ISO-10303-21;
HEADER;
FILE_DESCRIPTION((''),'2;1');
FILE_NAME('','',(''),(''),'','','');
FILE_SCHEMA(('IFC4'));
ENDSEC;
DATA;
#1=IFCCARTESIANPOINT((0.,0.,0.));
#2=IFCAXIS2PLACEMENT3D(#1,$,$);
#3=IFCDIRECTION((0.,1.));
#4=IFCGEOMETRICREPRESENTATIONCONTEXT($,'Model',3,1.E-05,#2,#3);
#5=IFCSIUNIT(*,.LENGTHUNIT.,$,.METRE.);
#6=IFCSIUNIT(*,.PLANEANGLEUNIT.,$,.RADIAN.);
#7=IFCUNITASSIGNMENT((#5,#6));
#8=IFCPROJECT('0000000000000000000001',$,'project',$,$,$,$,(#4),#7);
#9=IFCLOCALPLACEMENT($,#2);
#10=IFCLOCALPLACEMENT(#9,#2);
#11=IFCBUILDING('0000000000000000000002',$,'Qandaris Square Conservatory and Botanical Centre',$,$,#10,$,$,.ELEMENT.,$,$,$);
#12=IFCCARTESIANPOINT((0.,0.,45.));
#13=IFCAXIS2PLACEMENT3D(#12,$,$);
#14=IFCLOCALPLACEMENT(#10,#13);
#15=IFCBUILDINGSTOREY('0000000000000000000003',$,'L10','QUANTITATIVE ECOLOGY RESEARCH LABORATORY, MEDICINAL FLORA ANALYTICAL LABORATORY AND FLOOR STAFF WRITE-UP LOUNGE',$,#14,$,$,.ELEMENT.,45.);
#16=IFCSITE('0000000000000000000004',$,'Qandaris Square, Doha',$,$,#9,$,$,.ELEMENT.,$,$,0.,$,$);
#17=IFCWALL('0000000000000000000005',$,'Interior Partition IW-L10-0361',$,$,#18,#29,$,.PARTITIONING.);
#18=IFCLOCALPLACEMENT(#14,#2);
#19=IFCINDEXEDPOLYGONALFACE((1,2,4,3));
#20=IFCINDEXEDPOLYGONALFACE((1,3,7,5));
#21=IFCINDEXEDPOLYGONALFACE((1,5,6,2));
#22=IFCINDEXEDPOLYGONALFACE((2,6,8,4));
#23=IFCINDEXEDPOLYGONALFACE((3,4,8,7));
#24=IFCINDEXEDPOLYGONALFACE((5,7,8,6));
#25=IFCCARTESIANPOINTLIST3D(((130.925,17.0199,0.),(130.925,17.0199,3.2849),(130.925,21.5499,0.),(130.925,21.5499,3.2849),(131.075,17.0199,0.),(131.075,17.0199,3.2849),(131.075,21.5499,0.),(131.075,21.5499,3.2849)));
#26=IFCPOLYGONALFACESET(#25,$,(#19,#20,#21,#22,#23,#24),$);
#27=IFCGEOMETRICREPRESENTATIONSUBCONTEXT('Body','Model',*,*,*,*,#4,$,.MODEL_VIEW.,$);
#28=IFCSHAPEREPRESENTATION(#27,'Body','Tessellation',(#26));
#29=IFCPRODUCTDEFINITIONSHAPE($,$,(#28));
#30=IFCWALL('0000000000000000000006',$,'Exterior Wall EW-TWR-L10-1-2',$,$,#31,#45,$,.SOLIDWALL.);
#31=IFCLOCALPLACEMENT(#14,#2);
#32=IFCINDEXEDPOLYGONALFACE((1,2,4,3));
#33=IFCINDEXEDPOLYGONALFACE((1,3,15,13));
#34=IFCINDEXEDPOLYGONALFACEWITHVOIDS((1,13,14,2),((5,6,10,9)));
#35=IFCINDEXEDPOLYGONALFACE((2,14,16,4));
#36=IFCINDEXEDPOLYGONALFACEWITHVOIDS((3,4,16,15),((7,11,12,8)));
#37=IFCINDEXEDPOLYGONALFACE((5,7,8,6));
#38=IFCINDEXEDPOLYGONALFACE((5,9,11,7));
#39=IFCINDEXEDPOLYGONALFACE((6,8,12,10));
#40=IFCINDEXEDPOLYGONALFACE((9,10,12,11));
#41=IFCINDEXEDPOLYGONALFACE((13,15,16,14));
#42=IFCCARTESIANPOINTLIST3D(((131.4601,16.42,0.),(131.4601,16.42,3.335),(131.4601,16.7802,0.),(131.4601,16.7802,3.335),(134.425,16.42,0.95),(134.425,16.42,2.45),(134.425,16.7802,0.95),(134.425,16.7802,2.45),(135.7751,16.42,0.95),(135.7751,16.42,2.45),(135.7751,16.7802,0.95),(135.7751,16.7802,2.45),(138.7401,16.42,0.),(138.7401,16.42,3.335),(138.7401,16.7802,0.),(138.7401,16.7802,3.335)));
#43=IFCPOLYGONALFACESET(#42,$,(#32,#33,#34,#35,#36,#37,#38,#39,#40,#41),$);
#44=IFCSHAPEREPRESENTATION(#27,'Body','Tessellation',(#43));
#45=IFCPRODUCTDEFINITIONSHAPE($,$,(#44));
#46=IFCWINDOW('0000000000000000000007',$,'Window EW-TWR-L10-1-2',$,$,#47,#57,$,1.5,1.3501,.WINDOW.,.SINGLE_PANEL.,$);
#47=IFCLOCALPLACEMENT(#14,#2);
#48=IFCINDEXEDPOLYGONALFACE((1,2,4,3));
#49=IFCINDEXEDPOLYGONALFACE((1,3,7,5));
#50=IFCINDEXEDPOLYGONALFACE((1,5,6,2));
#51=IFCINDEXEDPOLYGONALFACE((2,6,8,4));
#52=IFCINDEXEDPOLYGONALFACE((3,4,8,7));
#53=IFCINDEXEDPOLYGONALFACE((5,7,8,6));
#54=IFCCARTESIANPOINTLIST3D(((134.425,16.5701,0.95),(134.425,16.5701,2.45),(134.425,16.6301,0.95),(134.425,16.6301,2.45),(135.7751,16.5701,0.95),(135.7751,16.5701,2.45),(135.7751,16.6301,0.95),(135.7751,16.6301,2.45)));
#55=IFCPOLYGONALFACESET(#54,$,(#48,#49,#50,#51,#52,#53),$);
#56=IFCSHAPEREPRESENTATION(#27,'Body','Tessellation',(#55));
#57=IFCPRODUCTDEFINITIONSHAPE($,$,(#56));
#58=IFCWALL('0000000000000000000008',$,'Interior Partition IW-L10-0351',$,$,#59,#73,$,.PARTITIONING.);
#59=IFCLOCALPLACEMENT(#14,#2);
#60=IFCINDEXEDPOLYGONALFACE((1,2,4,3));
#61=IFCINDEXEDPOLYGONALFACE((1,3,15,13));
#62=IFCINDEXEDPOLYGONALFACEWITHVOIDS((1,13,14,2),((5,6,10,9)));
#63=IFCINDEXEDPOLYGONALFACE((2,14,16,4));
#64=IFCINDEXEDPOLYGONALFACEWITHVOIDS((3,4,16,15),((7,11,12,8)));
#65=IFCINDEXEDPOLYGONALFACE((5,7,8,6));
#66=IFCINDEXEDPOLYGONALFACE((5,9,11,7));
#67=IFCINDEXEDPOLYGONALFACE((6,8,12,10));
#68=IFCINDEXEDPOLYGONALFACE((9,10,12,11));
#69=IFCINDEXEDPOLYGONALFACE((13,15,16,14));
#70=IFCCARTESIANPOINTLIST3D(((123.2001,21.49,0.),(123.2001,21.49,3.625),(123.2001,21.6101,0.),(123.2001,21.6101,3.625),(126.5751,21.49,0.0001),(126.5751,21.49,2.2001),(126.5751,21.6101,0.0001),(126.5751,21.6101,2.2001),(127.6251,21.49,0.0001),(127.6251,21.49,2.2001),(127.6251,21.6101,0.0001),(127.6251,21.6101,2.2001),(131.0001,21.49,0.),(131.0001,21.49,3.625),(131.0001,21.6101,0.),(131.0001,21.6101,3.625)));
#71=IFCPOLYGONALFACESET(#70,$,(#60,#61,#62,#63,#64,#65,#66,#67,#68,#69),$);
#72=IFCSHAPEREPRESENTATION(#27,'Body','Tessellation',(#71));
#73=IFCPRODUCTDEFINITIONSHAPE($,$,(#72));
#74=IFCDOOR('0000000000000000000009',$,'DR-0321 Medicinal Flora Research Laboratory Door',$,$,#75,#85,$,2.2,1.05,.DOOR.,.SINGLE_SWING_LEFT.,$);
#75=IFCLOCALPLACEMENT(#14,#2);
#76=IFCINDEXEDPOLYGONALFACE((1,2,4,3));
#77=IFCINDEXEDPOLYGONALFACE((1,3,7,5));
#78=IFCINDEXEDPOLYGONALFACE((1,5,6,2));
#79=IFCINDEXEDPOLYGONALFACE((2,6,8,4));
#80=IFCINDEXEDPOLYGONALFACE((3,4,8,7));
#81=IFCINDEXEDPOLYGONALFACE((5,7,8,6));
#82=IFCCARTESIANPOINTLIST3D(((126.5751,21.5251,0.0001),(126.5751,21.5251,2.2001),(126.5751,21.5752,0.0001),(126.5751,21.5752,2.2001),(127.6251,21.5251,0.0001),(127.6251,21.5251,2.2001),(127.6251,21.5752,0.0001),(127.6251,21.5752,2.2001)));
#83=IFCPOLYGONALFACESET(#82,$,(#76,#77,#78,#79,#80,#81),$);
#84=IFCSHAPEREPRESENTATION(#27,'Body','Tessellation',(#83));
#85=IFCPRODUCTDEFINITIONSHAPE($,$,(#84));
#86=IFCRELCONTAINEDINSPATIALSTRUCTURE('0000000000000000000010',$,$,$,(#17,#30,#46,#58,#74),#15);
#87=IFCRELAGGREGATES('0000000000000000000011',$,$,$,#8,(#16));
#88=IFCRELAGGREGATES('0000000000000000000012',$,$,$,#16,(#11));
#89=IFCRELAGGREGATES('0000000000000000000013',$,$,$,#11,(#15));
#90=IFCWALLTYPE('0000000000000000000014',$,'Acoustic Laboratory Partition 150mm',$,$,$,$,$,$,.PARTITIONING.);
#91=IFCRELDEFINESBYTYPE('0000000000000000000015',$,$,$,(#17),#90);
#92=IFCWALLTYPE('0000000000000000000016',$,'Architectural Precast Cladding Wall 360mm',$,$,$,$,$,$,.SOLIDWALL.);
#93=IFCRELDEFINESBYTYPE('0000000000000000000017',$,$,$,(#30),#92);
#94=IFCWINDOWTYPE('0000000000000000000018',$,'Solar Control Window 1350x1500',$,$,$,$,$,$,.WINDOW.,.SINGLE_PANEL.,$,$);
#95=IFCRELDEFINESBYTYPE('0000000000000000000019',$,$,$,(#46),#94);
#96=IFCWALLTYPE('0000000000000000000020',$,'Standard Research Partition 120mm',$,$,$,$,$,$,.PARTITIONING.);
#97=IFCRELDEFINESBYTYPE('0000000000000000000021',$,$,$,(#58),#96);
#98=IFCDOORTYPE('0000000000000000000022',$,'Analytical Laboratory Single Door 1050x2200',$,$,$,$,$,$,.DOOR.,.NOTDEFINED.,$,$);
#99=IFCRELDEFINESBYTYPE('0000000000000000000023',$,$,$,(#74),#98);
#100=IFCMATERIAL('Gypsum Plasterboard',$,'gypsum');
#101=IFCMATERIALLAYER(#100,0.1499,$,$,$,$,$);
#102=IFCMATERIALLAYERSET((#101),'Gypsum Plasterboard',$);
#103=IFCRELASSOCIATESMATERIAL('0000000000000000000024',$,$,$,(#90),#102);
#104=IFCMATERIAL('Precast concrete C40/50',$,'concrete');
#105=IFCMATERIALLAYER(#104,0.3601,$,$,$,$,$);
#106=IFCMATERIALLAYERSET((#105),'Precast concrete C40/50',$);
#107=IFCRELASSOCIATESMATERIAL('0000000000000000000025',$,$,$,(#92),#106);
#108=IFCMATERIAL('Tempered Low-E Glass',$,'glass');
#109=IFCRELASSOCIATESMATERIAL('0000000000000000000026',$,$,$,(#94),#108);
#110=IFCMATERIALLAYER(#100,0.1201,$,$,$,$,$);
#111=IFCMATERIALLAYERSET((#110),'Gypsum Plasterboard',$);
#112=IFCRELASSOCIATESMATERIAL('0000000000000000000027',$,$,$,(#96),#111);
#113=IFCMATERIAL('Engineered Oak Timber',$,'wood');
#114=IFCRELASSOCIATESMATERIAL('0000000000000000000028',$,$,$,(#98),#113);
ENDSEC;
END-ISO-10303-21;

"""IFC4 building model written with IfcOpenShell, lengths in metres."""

from ifc_helpers import new_model, si_unit, direction, frame, frame_2d, origin, place, context, subcontext, project, spatial, rectangle, extrude, material, layer, layer_set, type_object, element, fill, save


model = new_model("IFC4")

# Units and contexts
model_context = context("Model", 3, precision=1e-05, world=origin(), true_north=direction((0.0, 1.0)))
body_context = subcontext(model_context, "Body", "Model", "MODEL_VIEW")
ifc_project = project(units=[si_unit("LENGTHUNIT", "METRE"), si_unit("PLANEANGLEUNIT", "RADIAN")], contexts=[model_context])

# Site, building, storey
site_placement = place(None, origin())
site = spatial("IfcSite", under=ifc_project, at=site_placement, Name="Qandaris Square, Doha", CompositionType="ELEMENT", RefElevation=0.0)
building_placement = place(site_placement, origin())
building = spatial("IfcBuilding", under=site, at=building_placement, Name="Qandaris Square Conservatory and Botanical Centre", CompositionType="ELEMENT")
storey_placement = place(building_placement, frame((0.0, 0.0, 45.0)))
storey = spatial("IfcBuildingStorey", under=building, at=storey_placement, Name="L10", Description="QUANTITATIVE ECOLOGY RESEARCH LABORATORY, MEDICINAL FLORA ANALYTICAL LABORATORY AND FLOOR STAFF WRITE-UP LOUNGE", CompositionType="ELEMENT", Elevation=45.0)

# Shared definitions
ifc_material_1 = material(Name="Tempered Low-E Glass", Category="glass")

# Wall
ifc_material_2 = material(Name="Gypsum Plasterboard", Category="gypsum")
ifc_layer_1 = layer(ifc_material_2, 0.1499)
ifc_layer_set_1 = layer_set([ifc_layer_1], Name="Gypsum Plasterboard")
wall_type_1 = type_object("IfcWallType", Name="Acoustic Laboratory Partition 150mm", PredefinedType="PARTITIONING", material=ifc_layer_set_1)
wall_1_placement = place(storey_placement, frame((131.0, 21.55, 0.0), z_axis=(0.0, 0.0, 1.0), x_axis=(0.0, -1.0, 0.0)))
element("IfcWall", 1, at=wall_1_placement, inside=storey, type_object=wall_type_1, Name="Interior Partition IW-L10-0361", PredefinedType="PARTITIONING", context=body_context, shape_type="SweptSolid", body=[
    extrude(rectangle(XDim=4.53, YDim=0.1499, at=frame_2d((2.2651, 0.0))), origin(), (0.0, 0.0, 1.0), 3.2849),
])

# Wall, opening, window
ifc_material_3 = material(Name="Precast concrete C40/50", Category="concrete")
ifc_layer_2 = layer(ifc_material_3, 0.3601)
ifc_layer_set_2 = layer_set([ifc_layer_2], Name="Precast concrete C40/50")
wall_type_2 = type_object("IfcWallType", Name="Architectural Precast Cladding Wall 360mm", PredefinedType="SOLIDWALL", material=ifc_layer_set_2)
wall_2_placement = place(storey_placement, frame((131.46, 16.6001, 0.0), z_axis=(0.0, 0.0, 1.0), x_axis=(1.0, 0.0, 0.0)))
wall_2 = element("IfcWall", 2, at=wall_2_placement, inside=storey, type_object=wall_type_2, Name="Exterior Wall EW-TWR-L10-1-2", PredefinedType="SOLIDWALL", context=body_context, shape_type="SweptSolid", body=[
    extrude(rectangle(XDim=7.28, YDim=0.3601, at=frame_2d((3.6401, 0.0))), origin(), (0.0, 0.0, 1.0), 3.335),
])
opening_1_placement = place(wall_2_placement, frame((2.9651, 0.0, 0.95)))
opening_1 = element("IfcOpeningElement", 3, at=opening_1_placement, cuts=wall_2, PredefinedType="OPENING", context=body_context, shape_type="SweptSolid", body=[
    extrude(rectangle(XDim=1.3501, YDim=1.5, at=frame_2d((0.675, 0.75))), frame((0.0, 0.1919, 0.0), z_axis=(0.0, -1.0, 0.0), x_axis=(1.0, 0.0, 0.0)), (0.0, 0.0, 1.0), 0.384),
])
window_type = type_object("IfcWindowType", Name="Solar Control Window 1350x1500", PartitioningType="SINGLE_PANEL", PredefinedType="WINDOW", material=ifc_material_1)
window_placement = place(opening_1_placement, origin())
window = element("IfcWindow", 4, at=window_placement, inside=storey, type_object=window_type, Name="Window EW-TWR-L10-1-2", OverallHeight=1.5, OverallWidth=1.3501, PartitioningType="SINGLE_PANEL", PredefinedType="WINDOW", context=body_context, shape_type="SweptSolid", body=[
    extrude(rectangle(XDim=1.3501, YDim=1.5, at=frame_2d((0.675, 0.75))), frame((0.0, 0.03, 0.0), z_axis=(0.0, -1.0, 0.0), x_axis=(1.0, 0.0, 0.0)), (0.0, 0.0, 1.0), 0.0601),
])
fill(opening_1, window)

# Wall, opening, door
ifc_layer_3 = layer(ifc_material_2, 0.1201)
ifc_layer_set_3 = layer_set([ifc_layer_3], Name="Gypsum Plasterboard")
wall_type_3 = type_object("IfcWallType", Name="Standard Research Partition 120mm", PredefinedType="PARTITIONING", material=ifc_layer_set_3)
wall_3_placement = place(storey_placement, frame((131.0, 21.55, 0.0), z_axis=(0.0, 0.0, 1.0), x_axis=(-1.0, 0.0, 0.0)))
wall_3 = element("IfcWall", 5, at=wall_3_placement, inside=storey, type_object=wall_type_3, Name="Interior Partition IW-L10-0351", PredefinedType="PARTITIONING", context=body_context, shape_type="SweptSolid", body=[
    extrude(rectangle(XDim=7.8, YDim=0.1201, at=frame_2d((3.8999, 0.0))), origin(), (0.0, 0.0, 1.0), 3.625),
])
opening_2_placement = place(wall_3_placement, frame((3.375, 0.0, 0.0)))
opening_2 = element("IfcOpeningElement", 6, at=opening_2_placement, cuts=wall_3, PredefinedType="OPENING", context=body_context, shape_type="SweptSolid", body=[
    extrude(rectangle(XDim=1.05, YDim=2.2, at=frame_2d((0.5249, 1.1001))), frame((0.0, 0.072, 0.0), z_axis=(0.0, -1.0, 0.0), x_axis=(1.0, 0.0, 0.0)), (0.0, 0.0, 1.0), 0.144),
])
ifc_material_4 = material(Name="Engineered Oak Timber", Category="wood")
door_type = type_object("IfcDoorType", Name="Analytical Laboratory Single Door 1050x2200", OperationType="NOTDEFINED", PredefinedType="DOOR", material=ifc_material_4)
door_placement = place(opening_2_placement, origin())
door = element("IfcDoor", 7, at=door_placement, inside=storey, type_object=door_type, Name="DR-0321 Medicinal Flora Research Laboratory Door", OperationType="SINGLE_SWING_LEFT", OverallHeight=2.2, OverallWidth=1.05, PredefinedType="DOOR", context=body_context, shape_type="SweptSolid", body=[
    extrude(rectangle(XDim=1.05, YDim=2.2, at=frame_2d((0.5249, 1.1001))), frame((0.0, 0.0249, 0.0), z_axis=(0.0, -1.0, 0.0), x_axis=(1.0, 0.0, 0.0)), (0.0, 0.0, 1.0), 0.05),
])
fill(opening_2, door)

save(model, "model.ifc")
